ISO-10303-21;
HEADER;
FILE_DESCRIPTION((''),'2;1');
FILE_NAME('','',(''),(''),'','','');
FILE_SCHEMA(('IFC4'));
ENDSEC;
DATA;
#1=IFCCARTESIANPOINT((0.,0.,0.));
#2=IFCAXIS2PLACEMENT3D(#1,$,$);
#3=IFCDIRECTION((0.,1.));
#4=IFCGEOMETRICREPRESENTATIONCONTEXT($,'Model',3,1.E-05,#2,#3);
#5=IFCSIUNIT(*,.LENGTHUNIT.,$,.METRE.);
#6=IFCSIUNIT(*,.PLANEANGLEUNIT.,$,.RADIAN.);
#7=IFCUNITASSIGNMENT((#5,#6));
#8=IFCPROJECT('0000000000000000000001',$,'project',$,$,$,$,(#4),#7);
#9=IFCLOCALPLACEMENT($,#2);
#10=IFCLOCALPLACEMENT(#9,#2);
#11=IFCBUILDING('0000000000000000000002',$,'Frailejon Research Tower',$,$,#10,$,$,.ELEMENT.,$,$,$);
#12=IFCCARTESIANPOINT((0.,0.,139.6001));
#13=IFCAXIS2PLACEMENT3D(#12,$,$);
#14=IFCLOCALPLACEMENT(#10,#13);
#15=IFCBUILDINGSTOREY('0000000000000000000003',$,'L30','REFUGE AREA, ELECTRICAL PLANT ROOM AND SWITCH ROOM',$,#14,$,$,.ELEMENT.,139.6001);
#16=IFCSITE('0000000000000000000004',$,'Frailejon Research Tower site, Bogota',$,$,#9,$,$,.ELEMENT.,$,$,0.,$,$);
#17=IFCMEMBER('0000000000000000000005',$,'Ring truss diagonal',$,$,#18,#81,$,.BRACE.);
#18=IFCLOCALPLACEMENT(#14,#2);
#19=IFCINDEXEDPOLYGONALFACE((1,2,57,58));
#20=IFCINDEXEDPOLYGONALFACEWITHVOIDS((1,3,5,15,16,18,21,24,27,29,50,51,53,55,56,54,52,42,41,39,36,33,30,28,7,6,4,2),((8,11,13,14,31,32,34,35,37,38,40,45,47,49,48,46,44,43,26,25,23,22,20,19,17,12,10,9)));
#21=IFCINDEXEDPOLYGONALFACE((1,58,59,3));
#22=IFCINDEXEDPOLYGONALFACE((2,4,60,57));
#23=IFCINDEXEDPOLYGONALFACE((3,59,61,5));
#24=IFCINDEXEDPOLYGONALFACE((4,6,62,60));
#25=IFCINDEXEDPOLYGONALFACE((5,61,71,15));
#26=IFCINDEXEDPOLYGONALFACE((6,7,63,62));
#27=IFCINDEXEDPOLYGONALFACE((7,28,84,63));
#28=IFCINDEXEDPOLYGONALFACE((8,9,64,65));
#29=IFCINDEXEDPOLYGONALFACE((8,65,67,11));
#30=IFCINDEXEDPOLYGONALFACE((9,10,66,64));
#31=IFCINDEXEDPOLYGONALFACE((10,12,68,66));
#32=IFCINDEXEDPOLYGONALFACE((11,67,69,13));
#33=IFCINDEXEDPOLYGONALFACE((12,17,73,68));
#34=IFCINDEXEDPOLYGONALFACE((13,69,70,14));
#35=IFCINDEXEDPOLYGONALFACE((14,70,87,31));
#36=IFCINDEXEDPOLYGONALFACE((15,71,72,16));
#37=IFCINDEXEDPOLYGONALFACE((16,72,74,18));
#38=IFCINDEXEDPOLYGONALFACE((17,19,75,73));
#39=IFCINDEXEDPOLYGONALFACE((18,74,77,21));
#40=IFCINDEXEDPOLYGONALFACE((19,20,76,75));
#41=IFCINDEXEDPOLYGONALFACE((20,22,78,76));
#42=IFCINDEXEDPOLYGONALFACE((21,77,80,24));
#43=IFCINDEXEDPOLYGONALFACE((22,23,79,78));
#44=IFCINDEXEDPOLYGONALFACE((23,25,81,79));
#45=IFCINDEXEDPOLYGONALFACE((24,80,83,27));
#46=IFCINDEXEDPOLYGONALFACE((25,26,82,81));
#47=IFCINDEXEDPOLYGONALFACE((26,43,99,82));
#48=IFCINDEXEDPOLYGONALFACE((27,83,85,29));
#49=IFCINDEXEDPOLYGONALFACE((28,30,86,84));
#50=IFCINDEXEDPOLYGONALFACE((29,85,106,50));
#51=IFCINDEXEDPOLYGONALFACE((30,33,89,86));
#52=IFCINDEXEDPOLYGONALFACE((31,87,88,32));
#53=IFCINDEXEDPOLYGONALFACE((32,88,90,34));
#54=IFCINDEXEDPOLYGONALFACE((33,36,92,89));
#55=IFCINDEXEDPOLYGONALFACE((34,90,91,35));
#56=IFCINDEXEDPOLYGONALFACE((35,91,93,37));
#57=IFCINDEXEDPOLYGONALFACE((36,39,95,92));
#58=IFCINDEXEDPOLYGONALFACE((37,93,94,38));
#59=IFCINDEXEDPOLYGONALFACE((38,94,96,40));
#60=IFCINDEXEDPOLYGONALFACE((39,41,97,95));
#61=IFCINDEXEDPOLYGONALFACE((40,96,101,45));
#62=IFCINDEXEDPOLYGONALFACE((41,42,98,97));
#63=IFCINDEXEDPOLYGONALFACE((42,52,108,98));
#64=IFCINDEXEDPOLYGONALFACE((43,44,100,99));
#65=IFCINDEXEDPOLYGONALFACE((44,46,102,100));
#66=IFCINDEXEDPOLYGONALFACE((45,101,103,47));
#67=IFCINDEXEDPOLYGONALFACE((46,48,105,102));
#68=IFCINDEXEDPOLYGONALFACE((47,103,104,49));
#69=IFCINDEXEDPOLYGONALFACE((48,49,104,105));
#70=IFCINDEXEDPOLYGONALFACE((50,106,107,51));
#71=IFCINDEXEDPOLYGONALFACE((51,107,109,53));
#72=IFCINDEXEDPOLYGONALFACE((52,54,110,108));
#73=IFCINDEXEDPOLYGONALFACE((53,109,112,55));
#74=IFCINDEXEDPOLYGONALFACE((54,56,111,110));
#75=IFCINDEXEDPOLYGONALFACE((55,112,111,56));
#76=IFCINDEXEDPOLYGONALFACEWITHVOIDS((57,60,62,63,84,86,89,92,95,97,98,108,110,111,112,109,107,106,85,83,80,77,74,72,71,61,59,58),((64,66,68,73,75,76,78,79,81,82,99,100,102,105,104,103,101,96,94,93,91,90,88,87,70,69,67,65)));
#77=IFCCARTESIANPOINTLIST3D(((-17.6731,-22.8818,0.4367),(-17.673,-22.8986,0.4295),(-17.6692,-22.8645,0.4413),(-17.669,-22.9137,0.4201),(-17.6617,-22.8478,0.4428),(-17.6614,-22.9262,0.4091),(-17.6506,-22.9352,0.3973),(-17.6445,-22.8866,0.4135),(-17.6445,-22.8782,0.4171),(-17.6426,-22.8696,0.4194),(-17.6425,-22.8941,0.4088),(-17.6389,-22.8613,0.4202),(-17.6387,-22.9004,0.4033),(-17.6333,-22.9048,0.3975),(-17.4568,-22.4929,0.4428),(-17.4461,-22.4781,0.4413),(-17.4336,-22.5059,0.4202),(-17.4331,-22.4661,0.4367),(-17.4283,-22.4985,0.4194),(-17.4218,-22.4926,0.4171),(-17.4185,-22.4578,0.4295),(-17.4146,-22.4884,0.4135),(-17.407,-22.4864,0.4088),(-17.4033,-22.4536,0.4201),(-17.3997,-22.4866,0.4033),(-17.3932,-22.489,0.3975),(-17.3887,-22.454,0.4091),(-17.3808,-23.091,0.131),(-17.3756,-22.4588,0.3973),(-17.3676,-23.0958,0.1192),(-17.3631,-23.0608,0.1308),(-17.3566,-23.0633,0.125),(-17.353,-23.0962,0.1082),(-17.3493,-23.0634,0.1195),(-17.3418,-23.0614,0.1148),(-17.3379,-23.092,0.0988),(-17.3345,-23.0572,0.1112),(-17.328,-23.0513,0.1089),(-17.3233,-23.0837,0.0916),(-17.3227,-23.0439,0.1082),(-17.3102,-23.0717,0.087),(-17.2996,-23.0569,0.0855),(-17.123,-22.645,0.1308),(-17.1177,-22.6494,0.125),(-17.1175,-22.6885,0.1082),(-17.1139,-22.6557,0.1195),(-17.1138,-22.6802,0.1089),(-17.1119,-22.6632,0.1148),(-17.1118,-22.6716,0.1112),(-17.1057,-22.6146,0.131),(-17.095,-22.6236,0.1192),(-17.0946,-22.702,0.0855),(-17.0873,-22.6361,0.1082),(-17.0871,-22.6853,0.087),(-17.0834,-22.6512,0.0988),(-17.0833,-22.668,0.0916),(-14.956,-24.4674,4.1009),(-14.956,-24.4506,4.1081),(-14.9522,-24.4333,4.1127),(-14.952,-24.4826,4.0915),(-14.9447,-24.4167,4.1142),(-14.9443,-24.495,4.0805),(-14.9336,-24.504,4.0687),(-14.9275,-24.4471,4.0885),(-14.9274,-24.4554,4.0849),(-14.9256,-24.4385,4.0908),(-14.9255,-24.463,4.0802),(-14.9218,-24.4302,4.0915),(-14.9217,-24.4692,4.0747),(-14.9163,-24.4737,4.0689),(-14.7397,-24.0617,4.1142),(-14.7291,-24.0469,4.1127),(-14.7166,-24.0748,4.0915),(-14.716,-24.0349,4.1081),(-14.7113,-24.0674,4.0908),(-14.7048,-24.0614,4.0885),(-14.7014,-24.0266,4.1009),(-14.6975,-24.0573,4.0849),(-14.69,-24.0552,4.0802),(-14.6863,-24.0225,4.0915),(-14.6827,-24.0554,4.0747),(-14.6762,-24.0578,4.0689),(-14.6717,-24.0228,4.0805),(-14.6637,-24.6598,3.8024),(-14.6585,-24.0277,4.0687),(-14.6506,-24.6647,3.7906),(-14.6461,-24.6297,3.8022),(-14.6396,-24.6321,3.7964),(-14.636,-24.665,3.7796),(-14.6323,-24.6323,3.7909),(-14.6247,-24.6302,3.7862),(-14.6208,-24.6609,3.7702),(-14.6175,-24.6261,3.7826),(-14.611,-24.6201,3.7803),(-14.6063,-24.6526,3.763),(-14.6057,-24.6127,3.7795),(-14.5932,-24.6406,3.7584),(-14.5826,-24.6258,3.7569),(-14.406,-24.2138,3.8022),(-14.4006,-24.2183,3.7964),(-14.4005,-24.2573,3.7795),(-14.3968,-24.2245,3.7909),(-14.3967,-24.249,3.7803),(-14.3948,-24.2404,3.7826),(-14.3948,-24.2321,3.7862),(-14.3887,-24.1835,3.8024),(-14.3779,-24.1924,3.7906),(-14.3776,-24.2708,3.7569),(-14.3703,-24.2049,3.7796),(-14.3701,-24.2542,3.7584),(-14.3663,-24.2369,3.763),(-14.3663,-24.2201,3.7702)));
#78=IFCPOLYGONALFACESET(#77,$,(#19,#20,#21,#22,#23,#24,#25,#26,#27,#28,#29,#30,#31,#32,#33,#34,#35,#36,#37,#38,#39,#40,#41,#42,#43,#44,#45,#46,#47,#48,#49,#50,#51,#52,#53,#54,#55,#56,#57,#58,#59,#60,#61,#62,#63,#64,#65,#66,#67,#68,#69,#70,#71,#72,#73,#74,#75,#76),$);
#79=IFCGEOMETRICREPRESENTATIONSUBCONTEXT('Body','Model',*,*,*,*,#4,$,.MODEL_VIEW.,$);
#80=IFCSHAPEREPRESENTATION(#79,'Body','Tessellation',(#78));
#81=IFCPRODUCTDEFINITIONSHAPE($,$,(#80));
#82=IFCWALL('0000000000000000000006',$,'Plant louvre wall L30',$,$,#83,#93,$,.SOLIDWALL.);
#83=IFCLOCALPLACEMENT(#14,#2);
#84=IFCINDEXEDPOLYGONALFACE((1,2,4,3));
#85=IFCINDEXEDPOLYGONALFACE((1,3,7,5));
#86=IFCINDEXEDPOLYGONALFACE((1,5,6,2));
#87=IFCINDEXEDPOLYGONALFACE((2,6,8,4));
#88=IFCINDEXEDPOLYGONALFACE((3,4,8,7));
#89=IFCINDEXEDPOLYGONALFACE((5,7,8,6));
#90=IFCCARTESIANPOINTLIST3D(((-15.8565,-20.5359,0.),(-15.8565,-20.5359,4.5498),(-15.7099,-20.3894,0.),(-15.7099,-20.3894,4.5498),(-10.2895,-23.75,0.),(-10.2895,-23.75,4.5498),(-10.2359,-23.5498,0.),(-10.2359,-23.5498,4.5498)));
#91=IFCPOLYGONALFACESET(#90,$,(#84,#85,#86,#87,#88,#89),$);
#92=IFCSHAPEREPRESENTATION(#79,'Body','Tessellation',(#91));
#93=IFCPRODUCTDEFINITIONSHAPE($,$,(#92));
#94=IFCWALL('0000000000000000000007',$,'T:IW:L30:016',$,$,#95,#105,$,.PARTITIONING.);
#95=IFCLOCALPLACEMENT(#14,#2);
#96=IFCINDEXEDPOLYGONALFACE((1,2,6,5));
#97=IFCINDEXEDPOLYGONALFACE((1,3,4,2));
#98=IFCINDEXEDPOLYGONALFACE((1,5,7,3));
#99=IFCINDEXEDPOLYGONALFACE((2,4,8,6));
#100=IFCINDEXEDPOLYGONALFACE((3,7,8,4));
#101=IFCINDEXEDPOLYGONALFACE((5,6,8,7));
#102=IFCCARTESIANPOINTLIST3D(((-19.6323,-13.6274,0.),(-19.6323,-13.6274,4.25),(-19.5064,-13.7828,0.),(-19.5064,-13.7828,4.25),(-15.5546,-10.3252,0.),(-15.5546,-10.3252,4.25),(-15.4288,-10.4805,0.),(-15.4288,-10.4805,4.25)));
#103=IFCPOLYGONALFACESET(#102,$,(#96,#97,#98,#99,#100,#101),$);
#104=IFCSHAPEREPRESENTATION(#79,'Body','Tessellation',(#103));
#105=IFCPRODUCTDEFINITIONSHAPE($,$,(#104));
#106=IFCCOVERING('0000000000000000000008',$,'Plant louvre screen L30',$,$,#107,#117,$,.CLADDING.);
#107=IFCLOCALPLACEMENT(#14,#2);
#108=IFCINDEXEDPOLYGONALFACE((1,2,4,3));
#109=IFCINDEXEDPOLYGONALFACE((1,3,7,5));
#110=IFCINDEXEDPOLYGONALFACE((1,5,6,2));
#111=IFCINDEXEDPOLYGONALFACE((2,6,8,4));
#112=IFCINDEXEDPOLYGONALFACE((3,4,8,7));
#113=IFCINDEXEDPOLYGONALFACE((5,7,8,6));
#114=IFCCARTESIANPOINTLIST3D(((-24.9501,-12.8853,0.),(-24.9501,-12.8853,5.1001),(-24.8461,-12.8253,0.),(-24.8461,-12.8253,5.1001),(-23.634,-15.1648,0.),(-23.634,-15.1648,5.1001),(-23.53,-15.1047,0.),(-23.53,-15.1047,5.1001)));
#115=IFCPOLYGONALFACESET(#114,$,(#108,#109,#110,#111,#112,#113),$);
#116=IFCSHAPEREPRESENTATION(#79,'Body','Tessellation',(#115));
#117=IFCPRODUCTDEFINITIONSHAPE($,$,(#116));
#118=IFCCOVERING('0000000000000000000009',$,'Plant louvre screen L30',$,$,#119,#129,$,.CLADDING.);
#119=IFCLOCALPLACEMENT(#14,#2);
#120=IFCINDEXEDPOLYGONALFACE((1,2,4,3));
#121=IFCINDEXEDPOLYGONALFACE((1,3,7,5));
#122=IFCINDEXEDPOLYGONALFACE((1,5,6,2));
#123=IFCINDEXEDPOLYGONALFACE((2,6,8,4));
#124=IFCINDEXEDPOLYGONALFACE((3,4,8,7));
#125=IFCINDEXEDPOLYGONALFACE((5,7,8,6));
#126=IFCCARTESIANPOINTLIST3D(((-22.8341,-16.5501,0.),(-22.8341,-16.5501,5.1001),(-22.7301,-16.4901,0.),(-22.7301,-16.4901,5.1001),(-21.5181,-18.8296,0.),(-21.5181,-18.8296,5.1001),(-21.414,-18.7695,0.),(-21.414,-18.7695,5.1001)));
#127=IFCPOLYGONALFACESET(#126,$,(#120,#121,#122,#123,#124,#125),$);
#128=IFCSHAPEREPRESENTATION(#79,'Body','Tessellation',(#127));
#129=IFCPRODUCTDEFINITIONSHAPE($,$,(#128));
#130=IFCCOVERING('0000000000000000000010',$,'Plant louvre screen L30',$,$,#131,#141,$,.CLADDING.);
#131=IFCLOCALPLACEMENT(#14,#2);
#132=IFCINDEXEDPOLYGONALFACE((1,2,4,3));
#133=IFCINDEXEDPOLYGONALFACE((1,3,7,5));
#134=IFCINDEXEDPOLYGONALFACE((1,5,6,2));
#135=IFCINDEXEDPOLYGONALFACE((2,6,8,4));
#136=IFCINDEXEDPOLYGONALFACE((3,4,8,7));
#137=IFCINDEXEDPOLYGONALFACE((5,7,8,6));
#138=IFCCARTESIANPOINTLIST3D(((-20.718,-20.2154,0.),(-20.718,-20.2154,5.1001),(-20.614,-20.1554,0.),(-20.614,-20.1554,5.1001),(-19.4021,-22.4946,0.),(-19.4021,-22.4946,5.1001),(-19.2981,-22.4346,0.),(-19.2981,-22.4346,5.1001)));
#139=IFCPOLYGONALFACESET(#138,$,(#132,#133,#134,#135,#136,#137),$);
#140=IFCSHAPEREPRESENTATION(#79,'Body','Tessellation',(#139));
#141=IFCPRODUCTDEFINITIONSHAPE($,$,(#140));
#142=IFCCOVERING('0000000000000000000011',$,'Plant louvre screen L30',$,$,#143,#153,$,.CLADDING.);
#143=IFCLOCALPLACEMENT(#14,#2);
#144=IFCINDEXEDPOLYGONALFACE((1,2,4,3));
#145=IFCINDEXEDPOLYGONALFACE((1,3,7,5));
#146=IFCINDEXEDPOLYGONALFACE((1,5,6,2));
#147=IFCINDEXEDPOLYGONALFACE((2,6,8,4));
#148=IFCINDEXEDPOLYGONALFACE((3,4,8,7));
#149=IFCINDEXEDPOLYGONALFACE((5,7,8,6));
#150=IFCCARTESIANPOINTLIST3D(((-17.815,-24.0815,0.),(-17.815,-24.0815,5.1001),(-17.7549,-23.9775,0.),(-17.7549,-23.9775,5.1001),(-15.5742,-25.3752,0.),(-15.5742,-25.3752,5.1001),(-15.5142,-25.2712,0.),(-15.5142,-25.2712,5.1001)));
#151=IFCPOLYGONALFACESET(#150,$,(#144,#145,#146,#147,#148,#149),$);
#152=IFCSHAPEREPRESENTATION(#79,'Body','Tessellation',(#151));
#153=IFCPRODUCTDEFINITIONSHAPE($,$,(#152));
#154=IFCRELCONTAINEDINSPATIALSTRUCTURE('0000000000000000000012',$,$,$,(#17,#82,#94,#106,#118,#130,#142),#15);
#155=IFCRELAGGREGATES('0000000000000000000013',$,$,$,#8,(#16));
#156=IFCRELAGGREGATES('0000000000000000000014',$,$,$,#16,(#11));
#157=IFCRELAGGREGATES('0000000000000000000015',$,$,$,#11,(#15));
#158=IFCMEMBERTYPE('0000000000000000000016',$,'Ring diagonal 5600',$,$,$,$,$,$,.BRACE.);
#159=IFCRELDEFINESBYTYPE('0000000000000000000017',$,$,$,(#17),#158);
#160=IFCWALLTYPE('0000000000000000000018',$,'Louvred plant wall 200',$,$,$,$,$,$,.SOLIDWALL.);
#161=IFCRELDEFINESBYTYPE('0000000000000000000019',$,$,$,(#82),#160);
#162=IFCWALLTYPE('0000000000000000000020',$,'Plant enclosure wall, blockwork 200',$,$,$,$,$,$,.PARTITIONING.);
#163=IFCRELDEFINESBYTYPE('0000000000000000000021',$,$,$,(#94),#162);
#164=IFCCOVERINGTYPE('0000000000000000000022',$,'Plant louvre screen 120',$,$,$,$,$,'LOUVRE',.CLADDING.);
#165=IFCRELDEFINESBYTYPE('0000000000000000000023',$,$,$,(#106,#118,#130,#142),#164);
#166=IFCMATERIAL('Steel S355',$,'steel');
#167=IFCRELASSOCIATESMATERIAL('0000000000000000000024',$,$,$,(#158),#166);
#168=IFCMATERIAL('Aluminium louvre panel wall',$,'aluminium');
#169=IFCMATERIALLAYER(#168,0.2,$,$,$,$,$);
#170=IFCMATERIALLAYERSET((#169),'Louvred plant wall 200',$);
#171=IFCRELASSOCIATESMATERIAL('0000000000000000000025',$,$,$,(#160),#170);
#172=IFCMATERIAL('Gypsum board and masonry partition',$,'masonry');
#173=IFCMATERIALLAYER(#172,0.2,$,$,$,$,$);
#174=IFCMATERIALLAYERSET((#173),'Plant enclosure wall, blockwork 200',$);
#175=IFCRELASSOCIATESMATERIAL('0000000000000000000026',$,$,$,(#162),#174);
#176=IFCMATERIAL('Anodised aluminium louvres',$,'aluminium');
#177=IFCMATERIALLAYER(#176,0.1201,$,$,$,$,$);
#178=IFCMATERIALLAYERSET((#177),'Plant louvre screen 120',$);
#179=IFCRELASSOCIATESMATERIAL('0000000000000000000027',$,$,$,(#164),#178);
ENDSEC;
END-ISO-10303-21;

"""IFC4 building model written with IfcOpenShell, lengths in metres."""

from ifc_helpers import new_model, si_unit, direction, frame, frame_2d, origin, origin_2d, place, context, subcontext, project, spatial, polyline, rectangle, hollow_rectangle, outline, extrude, material, layer, layer_set, material_profile, profile_set, type_object, element, save


model = new_model("IFC4")

# Units and contexts
model_context = context("Model", 3, precision=1e-05, world=origin(), true_north=direction((0.0, 1.0)))
body_context = subcontext(model_context, "Body", "Model", "MODEL_VIEW")
ifc_project = project(units=[si_unit("LENGTHUNIT", "METRE"), si_unit("PLANEANGLEUNIT", "RADIAN")], contexts=[model_context])

# Site, building, storey
site_placement = place(None, origin())
site = spatial("IfcSite", under=ifc_project, at=site_placement, Name="Frailejon Research Tower site, Bogota", CompositionType="ELEMENT", RefElevation=0.0)
building_placement = place(site_placement, origin())
building = spatial("IfcBuilding", under=site, at=building_placement, Name="Frailejon Research Tower", CompositionType="ELEMENT")
storey_placement = place(building_placement, frame((0.0, 0.0, 139.6001)))
storey = spatial("IfcBuildingStorey", under=building, at=storey_placement, Name="L30", Description="REFUGE AREA, ELECTRICAL PLANT ROOM AND SWITCH ROOM", CompositionType="ELEMENT", Elevation=139.6001)

# Member
ifc_material_1 = material(Name="Steel S355", Category="steel")
ifc_material_profile_1 = material_profile(ifc_material_1, hollow_rectangle(XDim=0.55, YDim=0.55, WallThickness=0.0349, InnerFilletRadius=0.0349, OuterFilletRadius=0.0701, at=origin_2d()), Name="Ring diagonal 5600")
ifc_profile_set_1 = profile_set([ifc_material_profile_1], Name="Steel S355")
member_type = type_object("IfcMemberType", Name="Ring diagonal 5600", PredefinedType="BRACE", material=ifc_profile_set_1)
member_1_placement = place(storey_placement, frame((-17.3782, -22.7749, 0.2642), z_axis=(0.562609, -0.324857, 0.760223), x_axis=(0.500039, 0.866003, 0.0)))
element("IfcMember", 1, at=member_1_placement, inside=storey, type_object=member_type, Name="Ring truss diagonal", PredefinedType="BRACE", context=body_context, shape_type="SweptSolid", body=[
    extrude(hollow_rectangle(XDim=0.55, YDim=0.55, WallThickness=0.0349, InnerFilletRadius=0.0349, OuterFilletRadius=0.0701, at=origin_2d()), origin(), (0.0, 0.0, 1.0), 4.8293),
])

# Walls
ifc_material_2 = material(Name="Aluminium louvre panel wall", Category="aluminium")
ifc_layer_1 = layer(ifc_material_2, 0.2)
ifc_layer_set_1 = layer_set([ifc_layer_1], Name="Louvred plant wall 200")
wall_type_1 = type_object("IfcWallType", Name="Louvred plant wall 200", PredefinedType="SOLIDWALL", material=ifc_layer_set_1)
wall_1_placement = place(storey_placement, frame((-15.7832, -20.4626, 0.0), z_axis=(0.0, 0.0, 1.0), x_axis=(0.866026, -0.499999, 0.0)))
element("IfcWall", 2, at=wall_1_placement, inside=storey, type_object=wall_type_1, Name="Plant louvre wall L30", PredefinedType="SOLIDWALL", context=body_context, shape_type="SweptSolid", body=[
    extrude(outline(polyline([(-0.0269, -0.1001), (6.4014, -0.1001), (6.3477, 0.1001), (0.0269, 0.1001), (-0.0269, -0.1001)])), origin(), (0.0, 0.0, 1.0), 4.5498),
])
ifc_material_3 = material(Name="Gypsum board and masonry partition", Category="masonry")
ifc_layer_2 = layer(ifc_material_3, 0.2)
ifc_layer_set_2 = layer_set([ifc_layer_2], Name="Plant enclosure wall, blockwork 200")
wall_type_2 = type_object("IfcWallType", Name="Plant enclosure wall, blockwork 200", PredefinedType="PARTITIONING", material=ifc_layer_set_2)
wall_2_placement = place(storey_placement, frame((-19.5693, -13.7051, 0.0), z_axis=(0.0, 0.0, 1.0), x_axis=(0.777123, 0.629348, 0.0)))
element("IfcWall", 3, at=wall_2_placement, inside=storey, type_object=wall_type_2, Name="T:IW:L30:016", PredefinedType="PARTITIONING", context=body_context, shape_type="SweptSolid", body=[
    extrude(rectangle(XDim=5.2471, YDim=0.2, at=frame_2d((2.6235, 0.0))), origin(), (0.0, 0.0, 1.0), 4.25),
])

# Coverings
ifc_material_4 = material(Name="Anodised aluminium louvres", Category="aluminium")
ifc_layer_3 = layer(ifc_material_4, 0.1201)
ifc_layer_set_3 = layer_set([ifc_layer_3], Name="Plant louvre screen 120")
covering_type = type_object("IfcCoveringType", Name="Plant louvre screen 120", ElementType="LOUVRE", PredefinedType="CLADDING", material=ifc_layer_set_3)
for number, where, z_axis, x_axis, name in (
    (4, (-23.634, -15.1648, 0.0), (-0.500002, 0.866024, 0.0), (-0.866024, -0.500002, 0.0), "Plant louvre screen L30"),
    (5, (-21.5181, -18.8296, 0.0), (-0.500002, 0.866024, 0.0), (-0.866024, -0.500002, 0.0), "Plant louvre screen L30"),
):
    element("IfcCovering", number, at=place(storey_placement, frame(where, z_axis=z_axis, x_axis=x_axis)), inside=storey, type_object=covering_type, Name=name, PredefinedType="CLADDING", context=body_context, shape_type="SweptSolid", body=[
        extrude(outline(polyline([(-0.1201, 0.0), (0.0, 0.0), (0.0, 5.1001), (-0.1201, 5.1001), (-0.1201, 0.0)])), origin(), (0.0, 0.0, 1.0), 2.6321),
    ])
covering_1_placement = place(storey_placement, frame((-19.4021, -22.4946, 0.0), z_axis=(-0.500012, 0.866018, 0.0), x_axis=(-0.866018, -0.500012, 0.0)))
element("IfcCovering", 6, at=covering_1_placement, inside=storey, type_object=covering_type, Name="Plant louvre screen L30", PredefinedType="CLADDING", context=body_context, shape_type="SweptSolid", body=[
    extrude(outline(polyline([(-0.1201, 0.0), (0.0, 0.0), (0.0, 5.1001), (-0.1201, 5.1001), (-0.1201, 0.0)])), origin(), (0.0, 0.0, 1.0), 2.6318),
])
covering_2_placement = place(storey_placement, frame((-15.5742, -25.3752, 0.0), z_axis=(-0.866021, 0.500007, 0.0), x_axis=(-0.500007, -0.866021, 0.0)))
element("IfcCovering", 7, at=covering_2_placement, inside=storey, type_object=covering_type, Name="Plant louvre screen L30", PredefinedType="CLADDING", context=body_context, shape_type="SweptSolid", body=[
    extrude(outline(polyline([(-0.1201, 0.0), (0.0, 0.0), (0.0, 5.1001), (-0.1201, 5.1001), (-0.1201, 0.0)])), origin(), (0.0, 0.0, 1.0), 2.5874),
])

save(model, "model.ifc")
